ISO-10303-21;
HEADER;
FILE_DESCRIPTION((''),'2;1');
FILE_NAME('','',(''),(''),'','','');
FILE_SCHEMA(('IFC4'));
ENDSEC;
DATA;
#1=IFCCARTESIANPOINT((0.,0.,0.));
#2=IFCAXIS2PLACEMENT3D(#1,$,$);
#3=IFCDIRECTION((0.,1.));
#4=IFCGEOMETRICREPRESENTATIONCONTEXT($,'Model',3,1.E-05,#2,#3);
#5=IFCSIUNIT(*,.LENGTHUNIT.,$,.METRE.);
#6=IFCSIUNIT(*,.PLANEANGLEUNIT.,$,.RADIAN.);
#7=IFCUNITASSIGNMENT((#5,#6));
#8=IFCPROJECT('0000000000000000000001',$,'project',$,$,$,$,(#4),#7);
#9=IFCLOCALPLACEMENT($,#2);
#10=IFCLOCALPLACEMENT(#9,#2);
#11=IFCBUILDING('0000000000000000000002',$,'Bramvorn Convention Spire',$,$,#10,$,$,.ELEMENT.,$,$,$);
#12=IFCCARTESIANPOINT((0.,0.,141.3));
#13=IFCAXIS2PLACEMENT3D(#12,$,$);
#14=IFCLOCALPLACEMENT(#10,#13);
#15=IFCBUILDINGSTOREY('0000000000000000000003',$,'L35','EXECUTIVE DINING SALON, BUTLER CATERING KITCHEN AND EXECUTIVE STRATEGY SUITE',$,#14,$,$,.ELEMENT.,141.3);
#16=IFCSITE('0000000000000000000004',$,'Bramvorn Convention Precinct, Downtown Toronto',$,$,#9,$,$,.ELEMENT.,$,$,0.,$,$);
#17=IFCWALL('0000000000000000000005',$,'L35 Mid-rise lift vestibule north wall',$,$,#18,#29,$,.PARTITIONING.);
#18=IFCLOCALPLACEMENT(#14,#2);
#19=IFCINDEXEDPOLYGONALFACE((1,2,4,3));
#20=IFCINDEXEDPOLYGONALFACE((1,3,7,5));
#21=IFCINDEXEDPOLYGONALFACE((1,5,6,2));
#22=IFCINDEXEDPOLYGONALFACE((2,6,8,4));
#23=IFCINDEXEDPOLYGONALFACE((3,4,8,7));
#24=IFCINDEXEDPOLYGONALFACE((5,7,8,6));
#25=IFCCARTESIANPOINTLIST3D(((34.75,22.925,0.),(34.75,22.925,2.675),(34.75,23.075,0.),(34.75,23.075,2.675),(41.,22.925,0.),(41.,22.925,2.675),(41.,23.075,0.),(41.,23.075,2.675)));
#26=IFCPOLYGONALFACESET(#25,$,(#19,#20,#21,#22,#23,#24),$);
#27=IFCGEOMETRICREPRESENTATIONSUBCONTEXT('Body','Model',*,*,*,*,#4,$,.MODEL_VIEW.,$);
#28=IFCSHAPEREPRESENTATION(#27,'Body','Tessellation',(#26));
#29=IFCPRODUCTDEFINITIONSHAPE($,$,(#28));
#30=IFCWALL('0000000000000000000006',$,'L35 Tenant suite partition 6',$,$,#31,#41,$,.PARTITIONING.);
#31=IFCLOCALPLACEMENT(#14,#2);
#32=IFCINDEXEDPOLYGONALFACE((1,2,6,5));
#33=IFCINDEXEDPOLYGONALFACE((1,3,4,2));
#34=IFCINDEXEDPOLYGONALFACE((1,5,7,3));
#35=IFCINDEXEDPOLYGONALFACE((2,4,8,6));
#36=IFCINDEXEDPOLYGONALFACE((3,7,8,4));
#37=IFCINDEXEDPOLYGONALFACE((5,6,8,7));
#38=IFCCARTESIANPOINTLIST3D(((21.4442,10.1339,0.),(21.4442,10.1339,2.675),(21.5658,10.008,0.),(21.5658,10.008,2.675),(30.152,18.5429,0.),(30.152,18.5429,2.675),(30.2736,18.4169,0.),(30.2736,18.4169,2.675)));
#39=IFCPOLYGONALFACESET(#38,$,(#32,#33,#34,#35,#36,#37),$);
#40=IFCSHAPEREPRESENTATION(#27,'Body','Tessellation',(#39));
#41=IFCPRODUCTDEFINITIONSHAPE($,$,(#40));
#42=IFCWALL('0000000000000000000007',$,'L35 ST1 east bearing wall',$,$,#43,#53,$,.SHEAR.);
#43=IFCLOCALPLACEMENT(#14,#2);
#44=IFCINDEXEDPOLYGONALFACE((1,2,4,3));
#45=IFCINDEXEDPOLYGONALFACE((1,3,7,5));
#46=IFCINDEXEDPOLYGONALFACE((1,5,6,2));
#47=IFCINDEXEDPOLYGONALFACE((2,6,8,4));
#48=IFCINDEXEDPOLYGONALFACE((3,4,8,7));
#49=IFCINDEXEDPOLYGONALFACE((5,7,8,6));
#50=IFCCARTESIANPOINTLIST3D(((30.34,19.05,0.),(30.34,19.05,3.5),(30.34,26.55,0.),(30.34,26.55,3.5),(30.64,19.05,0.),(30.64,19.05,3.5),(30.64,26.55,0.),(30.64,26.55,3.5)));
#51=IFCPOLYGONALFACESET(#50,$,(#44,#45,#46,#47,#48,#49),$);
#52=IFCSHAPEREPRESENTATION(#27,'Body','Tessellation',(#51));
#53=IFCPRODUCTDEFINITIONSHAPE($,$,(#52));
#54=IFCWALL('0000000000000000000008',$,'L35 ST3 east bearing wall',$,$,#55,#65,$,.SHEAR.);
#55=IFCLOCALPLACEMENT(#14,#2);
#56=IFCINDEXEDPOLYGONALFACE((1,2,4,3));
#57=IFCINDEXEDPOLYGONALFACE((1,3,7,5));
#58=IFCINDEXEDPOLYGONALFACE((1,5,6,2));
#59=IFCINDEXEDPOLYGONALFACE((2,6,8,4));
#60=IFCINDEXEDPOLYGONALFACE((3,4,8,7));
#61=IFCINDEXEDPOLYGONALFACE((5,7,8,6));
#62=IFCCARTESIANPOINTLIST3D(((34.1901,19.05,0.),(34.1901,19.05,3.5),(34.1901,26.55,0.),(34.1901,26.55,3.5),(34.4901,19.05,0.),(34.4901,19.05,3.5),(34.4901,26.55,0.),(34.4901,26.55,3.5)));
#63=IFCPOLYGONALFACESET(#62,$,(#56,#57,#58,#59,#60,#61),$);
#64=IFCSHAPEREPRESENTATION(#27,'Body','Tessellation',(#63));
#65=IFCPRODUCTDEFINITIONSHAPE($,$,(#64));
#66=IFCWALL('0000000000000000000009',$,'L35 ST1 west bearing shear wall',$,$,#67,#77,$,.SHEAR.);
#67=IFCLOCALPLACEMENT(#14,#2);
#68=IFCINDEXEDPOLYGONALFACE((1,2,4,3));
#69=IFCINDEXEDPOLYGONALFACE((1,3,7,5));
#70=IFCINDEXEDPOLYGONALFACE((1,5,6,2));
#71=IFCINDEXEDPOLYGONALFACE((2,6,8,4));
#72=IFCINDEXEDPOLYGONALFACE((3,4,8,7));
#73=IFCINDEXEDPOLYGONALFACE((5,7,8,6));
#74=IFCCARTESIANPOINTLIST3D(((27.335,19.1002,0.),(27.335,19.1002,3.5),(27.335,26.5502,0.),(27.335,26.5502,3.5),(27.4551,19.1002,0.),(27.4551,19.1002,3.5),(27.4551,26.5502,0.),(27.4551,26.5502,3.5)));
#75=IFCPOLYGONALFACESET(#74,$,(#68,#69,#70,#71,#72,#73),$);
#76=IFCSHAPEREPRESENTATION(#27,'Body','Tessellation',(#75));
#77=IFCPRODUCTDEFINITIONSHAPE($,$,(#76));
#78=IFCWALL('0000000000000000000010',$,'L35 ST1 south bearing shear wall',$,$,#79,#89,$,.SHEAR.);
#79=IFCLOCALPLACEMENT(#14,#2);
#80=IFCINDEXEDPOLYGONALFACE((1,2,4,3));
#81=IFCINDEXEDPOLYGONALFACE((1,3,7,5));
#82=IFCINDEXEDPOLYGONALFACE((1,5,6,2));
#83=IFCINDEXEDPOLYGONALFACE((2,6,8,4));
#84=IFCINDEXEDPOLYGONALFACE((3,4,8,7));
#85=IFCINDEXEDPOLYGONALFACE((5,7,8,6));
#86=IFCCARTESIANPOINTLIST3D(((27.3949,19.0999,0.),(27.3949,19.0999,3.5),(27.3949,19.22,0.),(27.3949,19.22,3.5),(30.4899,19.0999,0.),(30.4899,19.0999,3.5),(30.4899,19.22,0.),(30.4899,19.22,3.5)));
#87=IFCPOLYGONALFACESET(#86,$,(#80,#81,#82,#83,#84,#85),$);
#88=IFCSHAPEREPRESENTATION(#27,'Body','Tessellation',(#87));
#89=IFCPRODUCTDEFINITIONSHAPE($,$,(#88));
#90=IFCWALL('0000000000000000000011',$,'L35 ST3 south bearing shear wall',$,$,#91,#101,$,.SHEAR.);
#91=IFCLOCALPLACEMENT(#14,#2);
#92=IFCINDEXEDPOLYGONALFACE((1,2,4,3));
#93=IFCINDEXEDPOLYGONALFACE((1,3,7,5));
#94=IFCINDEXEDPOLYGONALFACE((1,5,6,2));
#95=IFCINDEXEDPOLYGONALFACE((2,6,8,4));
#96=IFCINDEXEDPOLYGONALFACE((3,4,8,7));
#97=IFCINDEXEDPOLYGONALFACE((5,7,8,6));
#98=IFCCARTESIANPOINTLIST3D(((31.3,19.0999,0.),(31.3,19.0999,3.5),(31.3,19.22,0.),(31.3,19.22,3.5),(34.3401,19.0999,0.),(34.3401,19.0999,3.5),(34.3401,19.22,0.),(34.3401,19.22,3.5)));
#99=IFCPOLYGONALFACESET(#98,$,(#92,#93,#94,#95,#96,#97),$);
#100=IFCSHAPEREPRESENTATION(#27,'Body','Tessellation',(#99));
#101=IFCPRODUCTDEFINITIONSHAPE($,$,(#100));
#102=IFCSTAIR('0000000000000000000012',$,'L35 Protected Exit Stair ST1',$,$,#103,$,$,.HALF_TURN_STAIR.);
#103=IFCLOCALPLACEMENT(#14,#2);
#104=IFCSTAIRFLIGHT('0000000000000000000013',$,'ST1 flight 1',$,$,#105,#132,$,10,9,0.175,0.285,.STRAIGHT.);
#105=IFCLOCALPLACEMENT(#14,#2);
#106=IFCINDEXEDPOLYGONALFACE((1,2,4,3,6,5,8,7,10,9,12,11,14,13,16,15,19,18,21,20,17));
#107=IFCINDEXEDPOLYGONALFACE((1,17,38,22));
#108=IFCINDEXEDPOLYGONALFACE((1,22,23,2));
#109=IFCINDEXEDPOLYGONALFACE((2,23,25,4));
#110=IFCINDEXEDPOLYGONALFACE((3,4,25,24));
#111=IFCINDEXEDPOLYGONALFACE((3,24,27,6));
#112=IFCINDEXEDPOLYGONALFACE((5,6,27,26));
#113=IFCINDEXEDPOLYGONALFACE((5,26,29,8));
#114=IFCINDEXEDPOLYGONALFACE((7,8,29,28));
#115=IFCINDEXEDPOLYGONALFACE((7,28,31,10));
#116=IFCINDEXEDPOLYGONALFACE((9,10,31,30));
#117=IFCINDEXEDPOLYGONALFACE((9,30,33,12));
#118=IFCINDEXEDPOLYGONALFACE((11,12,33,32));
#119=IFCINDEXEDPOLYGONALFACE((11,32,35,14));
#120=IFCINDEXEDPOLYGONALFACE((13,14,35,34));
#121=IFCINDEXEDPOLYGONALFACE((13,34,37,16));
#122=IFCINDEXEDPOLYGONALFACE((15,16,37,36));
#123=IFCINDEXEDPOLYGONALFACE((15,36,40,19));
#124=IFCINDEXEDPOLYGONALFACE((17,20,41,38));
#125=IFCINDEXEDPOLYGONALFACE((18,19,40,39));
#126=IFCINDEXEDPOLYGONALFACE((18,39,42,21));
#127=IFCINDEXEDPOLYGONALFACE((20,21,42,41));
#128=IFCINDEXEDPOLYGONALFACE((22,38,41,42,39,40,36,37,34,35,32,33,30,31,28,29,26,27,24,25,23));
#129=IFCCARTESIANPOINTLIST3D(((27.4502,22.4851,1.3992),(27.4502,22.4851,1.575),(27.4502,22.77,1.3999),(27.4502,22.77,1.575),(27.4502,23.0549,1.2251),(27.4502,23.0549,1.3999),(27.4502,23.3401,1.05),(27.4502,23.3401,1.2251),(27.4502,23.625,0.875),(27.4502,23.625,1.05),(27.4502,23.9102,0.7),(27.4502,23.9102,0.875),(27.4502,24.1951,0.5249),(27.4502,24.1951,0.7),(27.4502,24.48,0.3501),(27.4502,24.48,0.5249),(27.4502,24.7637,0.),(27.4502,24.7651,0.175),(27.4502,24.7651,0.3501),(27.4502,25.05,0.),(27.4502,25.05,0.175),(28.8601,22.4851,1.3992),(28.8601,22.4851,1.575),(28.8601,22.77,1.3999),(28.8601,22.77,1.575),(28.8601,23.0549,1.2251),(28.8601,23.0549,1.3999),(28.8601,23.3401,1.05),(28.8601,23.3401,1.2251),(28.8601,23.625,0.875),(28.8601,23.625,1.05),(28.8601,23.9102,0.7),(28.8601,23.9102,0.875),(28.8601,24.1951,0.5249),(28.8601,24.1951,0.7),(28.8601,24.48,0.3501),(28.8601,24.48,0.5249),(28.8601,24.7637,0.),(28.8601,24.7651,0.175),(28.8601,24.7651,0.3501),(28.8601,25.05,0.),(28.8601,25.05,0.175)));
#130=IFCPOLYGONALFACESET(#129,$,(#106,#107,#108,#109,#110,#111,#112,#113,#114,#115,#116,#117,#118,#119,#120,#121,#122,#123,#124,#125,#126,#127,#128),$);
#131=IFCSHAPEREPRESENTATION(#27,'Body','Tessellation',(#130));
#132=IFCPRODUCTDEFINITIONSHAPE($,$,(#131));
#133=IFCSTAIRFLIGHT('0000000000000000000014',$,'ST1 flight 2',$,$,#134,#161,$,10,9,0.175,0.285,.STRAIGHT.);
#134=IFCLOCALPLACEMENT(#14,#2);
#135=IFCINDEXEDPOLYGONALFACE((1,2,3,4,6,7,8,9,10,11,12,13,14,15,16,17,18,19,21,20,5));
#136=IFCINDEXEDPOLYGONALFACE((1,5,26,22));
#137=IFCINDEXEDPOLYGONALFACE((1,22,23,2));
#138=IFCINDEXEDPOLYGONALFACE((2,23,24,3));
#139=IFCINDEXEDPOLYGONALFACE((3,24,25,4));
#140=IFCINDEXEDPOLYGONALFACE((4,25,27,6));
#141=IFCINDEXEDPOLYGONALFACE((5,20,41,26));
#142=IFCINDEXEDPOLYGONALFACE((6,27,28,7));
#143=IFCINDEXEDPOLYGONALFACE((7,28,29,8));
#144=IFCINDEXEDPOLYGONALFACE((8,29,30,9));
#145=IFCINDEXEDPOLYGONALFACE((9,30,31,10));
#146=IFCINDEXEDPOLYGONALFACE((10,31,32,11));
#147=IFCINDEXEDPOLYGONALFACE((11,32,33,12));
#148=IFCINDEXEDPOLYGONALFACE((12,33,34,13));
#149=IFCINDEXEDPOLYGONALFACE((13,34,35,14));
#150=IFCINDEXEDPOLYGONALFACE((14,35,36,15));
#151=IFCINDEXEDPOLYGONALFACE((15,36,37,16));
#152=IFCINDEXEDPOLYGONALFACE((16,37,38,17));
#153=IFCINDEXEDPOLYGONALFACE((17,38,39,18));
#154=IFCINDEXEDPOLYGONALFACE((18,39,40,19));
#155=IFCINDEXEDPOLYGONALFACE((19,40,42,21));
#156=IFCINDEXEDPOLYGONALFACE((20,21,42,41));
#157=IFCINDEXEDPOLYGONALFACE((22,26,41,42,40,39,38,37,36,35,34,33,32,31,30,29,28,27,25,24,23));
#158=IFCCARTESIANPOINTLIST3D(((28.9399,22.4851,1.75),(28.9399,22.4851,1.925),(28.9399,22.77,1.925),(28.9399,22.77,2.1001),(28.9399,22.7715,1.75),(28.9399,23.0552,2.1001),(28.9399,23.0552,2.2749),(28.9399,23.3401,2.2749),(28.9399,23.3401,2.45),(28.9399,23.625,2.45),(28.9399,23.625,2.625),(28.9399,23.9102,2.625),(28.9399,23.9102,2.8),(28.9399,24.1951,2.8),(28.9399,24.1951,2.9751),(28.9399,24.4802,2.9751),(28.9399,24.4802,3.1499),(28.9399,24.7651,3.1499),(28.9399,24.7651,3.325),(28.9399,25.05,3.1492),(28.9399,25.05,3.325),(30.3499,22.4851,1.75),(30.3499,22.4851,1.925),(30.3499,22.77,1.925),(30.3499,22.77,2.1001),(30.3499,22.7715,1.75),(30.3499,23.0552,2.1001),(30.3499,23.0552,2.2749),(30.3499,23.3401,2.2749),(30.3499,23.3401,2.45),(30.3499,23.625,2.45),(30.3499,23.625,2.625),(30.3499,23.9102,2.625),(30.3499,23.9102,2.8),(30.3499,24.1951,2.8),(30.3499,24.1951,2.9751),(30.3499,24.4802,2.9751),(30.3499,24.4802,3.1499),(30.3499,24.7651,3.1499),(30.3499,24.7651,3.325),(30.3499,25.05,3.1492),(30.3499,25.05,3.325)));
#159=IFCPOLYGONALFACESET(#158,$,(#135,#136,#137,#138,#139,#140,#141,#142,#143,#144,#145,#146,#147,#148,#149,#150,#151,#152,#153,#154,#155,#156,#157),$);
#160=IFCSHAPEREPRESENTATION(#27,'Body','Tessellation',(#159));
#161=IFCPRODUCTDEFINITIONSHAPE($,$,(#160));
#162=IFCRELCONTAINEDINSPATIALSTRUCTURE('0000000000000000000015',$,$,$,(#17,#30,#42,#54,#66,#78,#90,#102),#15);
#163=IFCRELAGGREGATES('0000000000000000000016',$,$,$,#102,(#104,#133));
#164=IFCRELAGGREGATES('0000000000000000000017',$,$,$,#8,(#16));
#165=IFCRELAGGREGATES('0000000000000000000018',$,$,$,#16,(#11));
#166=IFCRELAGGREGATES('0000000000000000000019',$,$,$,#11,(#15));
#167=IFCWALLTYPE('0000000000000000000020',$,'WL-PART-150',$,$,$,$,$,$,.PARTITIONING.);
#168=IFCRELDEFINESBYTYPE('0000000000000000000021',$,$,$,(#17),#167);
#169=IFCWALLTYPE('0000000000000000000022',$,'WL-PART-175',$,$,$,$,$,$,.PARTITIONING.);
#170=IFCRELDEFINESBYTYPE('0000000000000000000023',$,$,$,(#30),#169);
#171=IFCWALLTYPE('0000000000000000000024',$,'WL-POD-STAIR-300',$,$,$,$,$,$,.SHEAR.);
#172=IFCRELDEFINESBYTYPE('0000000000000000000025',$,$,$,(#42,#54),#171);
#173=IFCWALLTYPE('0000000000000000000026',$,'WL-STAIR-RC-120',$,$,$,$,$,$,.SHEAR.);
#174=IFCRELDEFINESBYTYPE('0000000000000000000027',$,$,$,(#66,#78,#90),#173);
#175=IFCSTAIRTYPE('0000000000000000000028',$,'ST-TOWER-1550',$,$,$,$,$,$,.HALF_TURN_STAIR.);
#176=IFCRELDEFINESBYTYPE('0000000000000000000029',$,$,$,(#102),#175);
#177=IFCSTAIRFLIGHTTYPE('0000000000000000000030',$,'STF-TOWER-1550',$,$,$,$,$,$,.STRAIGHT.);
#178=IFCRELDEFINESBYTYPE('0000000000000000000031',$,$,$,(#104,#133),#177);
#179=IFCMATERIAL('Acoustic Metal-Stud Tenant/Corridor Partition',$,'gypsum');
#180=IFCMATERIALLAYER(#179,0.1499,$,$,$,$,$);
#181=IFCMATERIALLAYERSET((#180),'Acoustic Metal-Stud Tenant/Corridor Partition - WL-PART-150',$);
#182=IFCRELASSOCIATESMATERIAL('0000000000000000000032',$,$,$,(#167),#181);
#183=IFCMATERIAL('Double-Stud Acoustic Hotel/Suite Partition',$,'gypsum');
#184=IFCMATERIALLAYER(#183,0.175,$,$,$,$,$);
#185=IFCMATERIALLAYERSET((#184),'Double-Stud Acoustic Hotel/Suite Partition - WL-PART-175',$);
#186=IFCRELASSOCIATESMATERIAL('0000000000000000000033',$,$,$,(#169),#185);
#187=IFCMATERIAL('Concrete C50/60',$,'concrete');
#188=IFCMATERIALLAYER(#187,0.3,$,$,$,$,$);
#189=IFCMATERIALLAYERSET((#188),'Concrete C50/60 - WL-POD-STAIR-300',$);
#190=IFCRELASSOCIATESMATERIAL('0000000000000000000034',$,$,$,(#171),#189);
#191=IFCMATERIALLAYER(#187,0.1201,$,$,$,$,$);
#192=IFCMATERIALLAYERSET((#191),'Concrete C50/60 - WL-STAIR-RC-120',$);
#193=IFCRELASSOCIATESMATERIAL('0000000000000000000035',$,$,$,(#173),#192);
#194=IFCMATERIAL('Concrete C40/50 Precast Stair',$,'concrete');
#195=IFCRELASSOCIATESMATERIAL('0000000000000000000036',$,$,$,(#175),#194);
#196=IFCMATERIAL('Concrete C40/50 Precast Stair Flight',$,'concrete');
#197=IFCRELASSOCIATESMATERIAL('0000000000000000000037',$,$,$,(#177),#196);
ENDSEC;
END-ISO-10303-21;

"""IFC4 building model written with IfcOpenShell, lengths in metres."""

from ifc_helpers import new_model, si_unit, direction, frame, frame_2d, origin, place, context, subcontext, project, spatial, polyline, rectangle, outline, extrude, material, layer, layer_set, type_object, element, aggregate, save


model = new_model("IFC4")

# Units and contexts
model_context = context("Model", 3, precision=1e-05, world=origin(), true_north=direction((0.0, 1.0)))
body_context = subcontext(model_context, "Body", "Model", "MODEL_VIEW")
ifc_project = project(units=[si_unit("LENGTHUNIT", "METRE"), si_unit("PLANEANGLEUNIT", "RADIAN")], contexts=[model_context])

# Site, building, storey
site_placement = place(None, origin())
site = spatial("IfcSite", under=ifc_project, at=site_placement, Name="Bramvorn Convention Precinct, Downtown Toronto", CompositionType="ELEMENT", RefElevation=0.0)
building_placement = place(site_placement, origin())
building = spatial("IfcBuilding", under=site, at=building_placement, Name="Bramvorn Convention Spire", CompositionType="ELEMENT")
storey_placement = place(building_placement, frame((0.0, 0.0, 141.3)))
storey = spatial("IfcBuildingStorey", under=building, at=storey_placement, Name="L35", Description="EXECUTIVE DINING SALON, BUTLER CATERING KITCHEN AND EXECUTIVE STRATEGY SUITE", CompositionType="ELEMENT", Elevation=141.3)

# Shared definitions
ifc_material_1 = material(Name="Concrete C50/60", Category="concrete")

# Walls
ifc_material_2 = material(Name="Acoustic Metal-Stud Tenant/Corridor Partition", Category="gypsum")
ifc_layer_1 = layer(ifc_material_2, 0.1499)
ifc_layer_set_1 = layer_set([ifc_layer_1], Name="Acoustic Metal-Stud Tenant/Corridor Partition - WL-PART-150")
wall_type_1 = type_object("IfcWallType", Name="WL-PART-150", PredefinedType="PARTITIONING", material=ifc_layer_set_1)
wall_1_placement = place(storey_placement, frame((34.75, 23.0, 0.0), z_axis=(0.0, 0.0, 1.0), x_axis=(1.0, 0.0, 0.0)))
element("IfcWall", 1, at=wall_1_placement, inside=storey, type_object=wall_type_1, Name="L35 Mid-rise lift vestibule north wall", PredefinedType="PARTITIONING", context=body_context, shape_type="SweptSolid", body=[
    extrude(rectangle(XDim=6.25, YDim=0.1499, at=frame_2d((3.125, 0.0))), origin(), (0.0, 0.0, 1.0), 2.675),
])
ifc_material_3 = material(Name="Double-Stud Acoustic Hotel/Suite Partition", Category="gypsum")
ifc_layer_2 = layer(ifc_material_3, 0.175)
ifc_layer_set_2 = layer_set([ifc_layer_2], Name="Double-Stud Acoustic Hotel/Suite Partition - WL-PART-175")
wall_type_2 = type_object("IfcWallType", Name="WL-PART-175", PredefinedType="PARTITIONING", material=ifc_layer_set_2)
wall_2_placement = place(storey_placement, frame((30.2129, 18.48, 0.0), z_axis=(0.0, 0.0, 1.0), x_axis=(-0.719342, -0.694656, 0.0)))
element("IfcWall", 2, at=wall_2_placement, inside=storey, type_object=wall_type_2, Name="L35 Tenant suite partition 6", PredefinedType="PARTITIONING", context=body_context, shape_type="SweptSolid", body=[
    extrude(rectangle(XDim=12.1052, YDim=0.175, at=frame_2d((6.0527, 0.0))), origin(), (0.0, 0.0, 1.0), 2.675),
])
ifc_layer_3 = layer(ifc_material_1, 0.3)
ifc_layer_set_3 = layer_set([ifc_layer_3], Name="Concrete C50/60 - WL-POD-STAIR-300")
wall_type_3 = type_object("IfcWallType", Name="WL-POD-STAIR-300", PredefinedType="SHEAR", material=ifc_layer_set_3)
for number, where, z_axis, x_axis, name in (
    (3, (30.49, 19.05, 0.0), (0.0, 0.0, 1.0), (0.0, 1.0, 0.0), "L35 ST1 east bearing wall"),
    (4, (34.3401, 19.05, 0.0), (0.0, 0.0, 1.0), (0.0, 1.0, 0.0), "L35 ST3 east bearing wall"),
):
    element("IfcWall", number, at=place(storey_placement, frame(where, z_axis=z_axis, x_axis=x_axis)), inside=storey, type_object=wall_type_3, Name=name, PredefinedType="SHEAR", context=body_context, shape_type="SweptSolid", body=[
        extrude(rectangle(XDim=7.5, YDim=0.3, at=frame_2d((3.75, 0.0))), origin(), (0.0, 0.0, 1.0), 3.5),
    ])
ifc_layer_4 = layer(ifc_material_1, 0.1201)
ifc_layer_set_4 = layer_set([ifc_layer_4], Name="Concrete C50/60 - WL-STAIR-RC-120")
wall_type_4 = type_object("IfcWallType", Name="WL-STAIR-RC-120", PredefinedType="SHEAR", material=ifc_layer_set_4)
wall_3_placement = place(storey_placement, frame((27.395, 19.1001, 0.0), z_axis=(0.0, 0.0, 1.0), x_axis=(0.0, 1.0, 0.0)))
element("IfcWall", 5, at=wall_3_placement, inside=storey, type_object=wall_type_4, Name="L35 ST1 west bearing shear wall", PredefinedType="SHEAR", context=body_context, shape_type="SweptSolid", body=[
    extrude(rectangle(XDim=7.45, YDim=0.1201, at=frame_2d((3.7251, 0.0))), origin(), (0.0, 0.0, 1.0), 3.5),
])
wall_4_placement = place(storey_placement, frame((27.395, 19.1599, 0.0), z_axis=(0.0, 0.0, 1.0), x_axis=(1.0, 0.0, 0.0)))
element("IfcWall", 6, at=wall_4_placement, inside=storey, type_object=wall_type_4, Name="L35 ST1 south bearing shear wall", PredefinedType="SHEAR", context=body_context, shape_type="SweptSolid", body=[
    extrude(rectangle(XDim=3.095, YDim=0.1201, at=frame_2d((1.5474, 0.0))), origin(), (0.0, 0.0, 1.0), 3.5),
])
wall_5_placement = place(storey_placement, frame((31.3, 19.1599, 0.0), z_axis=(0.0, 0.0, 1.0), x_axis=(1.0, 0.0, 0.0)))
element("IfcWall", 7, at=wall_5_placement, inside=storey, type_object=wall_type_4, Name="L35 ST3 south bearing shear wall", PredefinedType="SHEAR", context=body_context, shape_type="SweptSolid", body=[
    extrude(rectangle(XDim=3.04, YDim=0.1201, at=frame_2d((1.52, 0.0))), origin(), (0.0, 0.0, 1.0), 3.5),
])

# Stair, stair flights
ifc_material_4 = material(Name="Concrete C40/50 Precast Stair", Category="concrete")
stair_type = type_object("IfcStairType", Name="ST-TOWER-1550", PredefinedType="HALF_TURN_STAIR", material=ifc_material_4)
stair_1_placement = place(storey_placement, origin())
stair_1 = element("IfcStair", 8, at=stair_1_placement, inside=storey, type_object=stair_type, Name="L35 Protected Exit Stair ST1", PredefinedType="HALF_TURN_STAIR")
ifc_material_5 = material(Name="Concrete C40/50 Precast Stair Flight", Category="concrete")
stair_flight_type = type_object("IfcStairFlightType", Name="STF-TOWER-1550", PredefinedType="STRAIGHT", material=ifc_material_5)
stair_flight_1_placement = place(storey_placement, frame((28.155, 25.05, 0.0), z_axis=(0.0, 0.0, 1.0), x_axis=(0.0, -1.0, 0.0)))
stair_flight_1 = element("IfcStairFlight", 9, at=stair_flight_1_placement, type_object=stair_flight_type, Name="ST1 flight 1", NumberOfRisers=10, NumberOfTreads=9, PredefinedType="STRAIGHT", RiserHeight=0.175, TreadLength=0.285, context=body_context, shape_type="SweptSolid", body=[
    extrude(outline(polyline([(0.0, 0.0), (0.0, 0.175), (0.2849, 0.175), (0.2849, 0.3501), (0.5701, 0.3501), (0.5701, 0.5249), (0.855, 0.5249), (0.855, 0.7), (1.1399, 0.7), (1.1399, 0.875), (1.425, 0.875), (1.425, 1.05), (1.71, 1.05), (1.71, 1.2251), (1.9951, 1.2251), (1.9951, 1.3999), (2.28, 1.3999), (2.28, 1.575), (2.5649, 1.575), (2.5649, 1.75), (2.5649, 1.3992), (0.2864, 0.0), (0.0, 0.0)])), frame((0.0, 0.7051, 0.0), z_axis=(0.0, -1.0, 0.0), x_axis=(1.0, 0.0, 0.0)), (0.0, 0.0, 1.0), 1.4099),
])
stair_flight_2_placement = place(storey_placement, frame((29.645, 22.4851, 1.75), z_axis=(0.0, 0.0, 1.0), x_axis=(0.0, 1.0, 0.0)))
stair_flight_2 = element("IfcStairFlight", 10, at=stair_flight_2_placement, type_object=stair_flight_type, Name="ST1 flight 2", NumberOfRisers=10, NumberOfTreads=9, PredefinedType="STRAIGHT", RiserHeight=0.175, TreadLength=0.285, context=body_context, shape_type="SweptSolid", body=[
    extrude(outline(polyline([(0.0, 0.0), (0.0, 0.175), (0.2849, 0.175), (0.2849, 0.3501), (0.5701, 0.3501), (0.5701, 0.5249), (0.855, 0.5249), (0.855, 0.7), (1.1399, 0.7), (1.1399, 0.875), (1.425, 0.875), (1.425, 1.05), (1.71, 1.05), (1.71, 1.2251), (1.9951, 1.2251), (1.9951, 1.3999), (2.28, 1.3999), (2.28, 1.575), (2.5649, 1.575), (2.5649, 1.75), (2.5649, 1.3992), (0.2864, 0.0), (0.0, 0.0)])), frame((0.0, 0.7051, 0.0), z_axis=(0.0, -1.0, 0.0), x_axis=(1.0, 0.0, 0.0)), (0.0, 0.0, 1.0), 1.4099),
])
aggregate(stair_1, [stair_flight_1, stair_flight_2])

save(model, "model.ifc")
